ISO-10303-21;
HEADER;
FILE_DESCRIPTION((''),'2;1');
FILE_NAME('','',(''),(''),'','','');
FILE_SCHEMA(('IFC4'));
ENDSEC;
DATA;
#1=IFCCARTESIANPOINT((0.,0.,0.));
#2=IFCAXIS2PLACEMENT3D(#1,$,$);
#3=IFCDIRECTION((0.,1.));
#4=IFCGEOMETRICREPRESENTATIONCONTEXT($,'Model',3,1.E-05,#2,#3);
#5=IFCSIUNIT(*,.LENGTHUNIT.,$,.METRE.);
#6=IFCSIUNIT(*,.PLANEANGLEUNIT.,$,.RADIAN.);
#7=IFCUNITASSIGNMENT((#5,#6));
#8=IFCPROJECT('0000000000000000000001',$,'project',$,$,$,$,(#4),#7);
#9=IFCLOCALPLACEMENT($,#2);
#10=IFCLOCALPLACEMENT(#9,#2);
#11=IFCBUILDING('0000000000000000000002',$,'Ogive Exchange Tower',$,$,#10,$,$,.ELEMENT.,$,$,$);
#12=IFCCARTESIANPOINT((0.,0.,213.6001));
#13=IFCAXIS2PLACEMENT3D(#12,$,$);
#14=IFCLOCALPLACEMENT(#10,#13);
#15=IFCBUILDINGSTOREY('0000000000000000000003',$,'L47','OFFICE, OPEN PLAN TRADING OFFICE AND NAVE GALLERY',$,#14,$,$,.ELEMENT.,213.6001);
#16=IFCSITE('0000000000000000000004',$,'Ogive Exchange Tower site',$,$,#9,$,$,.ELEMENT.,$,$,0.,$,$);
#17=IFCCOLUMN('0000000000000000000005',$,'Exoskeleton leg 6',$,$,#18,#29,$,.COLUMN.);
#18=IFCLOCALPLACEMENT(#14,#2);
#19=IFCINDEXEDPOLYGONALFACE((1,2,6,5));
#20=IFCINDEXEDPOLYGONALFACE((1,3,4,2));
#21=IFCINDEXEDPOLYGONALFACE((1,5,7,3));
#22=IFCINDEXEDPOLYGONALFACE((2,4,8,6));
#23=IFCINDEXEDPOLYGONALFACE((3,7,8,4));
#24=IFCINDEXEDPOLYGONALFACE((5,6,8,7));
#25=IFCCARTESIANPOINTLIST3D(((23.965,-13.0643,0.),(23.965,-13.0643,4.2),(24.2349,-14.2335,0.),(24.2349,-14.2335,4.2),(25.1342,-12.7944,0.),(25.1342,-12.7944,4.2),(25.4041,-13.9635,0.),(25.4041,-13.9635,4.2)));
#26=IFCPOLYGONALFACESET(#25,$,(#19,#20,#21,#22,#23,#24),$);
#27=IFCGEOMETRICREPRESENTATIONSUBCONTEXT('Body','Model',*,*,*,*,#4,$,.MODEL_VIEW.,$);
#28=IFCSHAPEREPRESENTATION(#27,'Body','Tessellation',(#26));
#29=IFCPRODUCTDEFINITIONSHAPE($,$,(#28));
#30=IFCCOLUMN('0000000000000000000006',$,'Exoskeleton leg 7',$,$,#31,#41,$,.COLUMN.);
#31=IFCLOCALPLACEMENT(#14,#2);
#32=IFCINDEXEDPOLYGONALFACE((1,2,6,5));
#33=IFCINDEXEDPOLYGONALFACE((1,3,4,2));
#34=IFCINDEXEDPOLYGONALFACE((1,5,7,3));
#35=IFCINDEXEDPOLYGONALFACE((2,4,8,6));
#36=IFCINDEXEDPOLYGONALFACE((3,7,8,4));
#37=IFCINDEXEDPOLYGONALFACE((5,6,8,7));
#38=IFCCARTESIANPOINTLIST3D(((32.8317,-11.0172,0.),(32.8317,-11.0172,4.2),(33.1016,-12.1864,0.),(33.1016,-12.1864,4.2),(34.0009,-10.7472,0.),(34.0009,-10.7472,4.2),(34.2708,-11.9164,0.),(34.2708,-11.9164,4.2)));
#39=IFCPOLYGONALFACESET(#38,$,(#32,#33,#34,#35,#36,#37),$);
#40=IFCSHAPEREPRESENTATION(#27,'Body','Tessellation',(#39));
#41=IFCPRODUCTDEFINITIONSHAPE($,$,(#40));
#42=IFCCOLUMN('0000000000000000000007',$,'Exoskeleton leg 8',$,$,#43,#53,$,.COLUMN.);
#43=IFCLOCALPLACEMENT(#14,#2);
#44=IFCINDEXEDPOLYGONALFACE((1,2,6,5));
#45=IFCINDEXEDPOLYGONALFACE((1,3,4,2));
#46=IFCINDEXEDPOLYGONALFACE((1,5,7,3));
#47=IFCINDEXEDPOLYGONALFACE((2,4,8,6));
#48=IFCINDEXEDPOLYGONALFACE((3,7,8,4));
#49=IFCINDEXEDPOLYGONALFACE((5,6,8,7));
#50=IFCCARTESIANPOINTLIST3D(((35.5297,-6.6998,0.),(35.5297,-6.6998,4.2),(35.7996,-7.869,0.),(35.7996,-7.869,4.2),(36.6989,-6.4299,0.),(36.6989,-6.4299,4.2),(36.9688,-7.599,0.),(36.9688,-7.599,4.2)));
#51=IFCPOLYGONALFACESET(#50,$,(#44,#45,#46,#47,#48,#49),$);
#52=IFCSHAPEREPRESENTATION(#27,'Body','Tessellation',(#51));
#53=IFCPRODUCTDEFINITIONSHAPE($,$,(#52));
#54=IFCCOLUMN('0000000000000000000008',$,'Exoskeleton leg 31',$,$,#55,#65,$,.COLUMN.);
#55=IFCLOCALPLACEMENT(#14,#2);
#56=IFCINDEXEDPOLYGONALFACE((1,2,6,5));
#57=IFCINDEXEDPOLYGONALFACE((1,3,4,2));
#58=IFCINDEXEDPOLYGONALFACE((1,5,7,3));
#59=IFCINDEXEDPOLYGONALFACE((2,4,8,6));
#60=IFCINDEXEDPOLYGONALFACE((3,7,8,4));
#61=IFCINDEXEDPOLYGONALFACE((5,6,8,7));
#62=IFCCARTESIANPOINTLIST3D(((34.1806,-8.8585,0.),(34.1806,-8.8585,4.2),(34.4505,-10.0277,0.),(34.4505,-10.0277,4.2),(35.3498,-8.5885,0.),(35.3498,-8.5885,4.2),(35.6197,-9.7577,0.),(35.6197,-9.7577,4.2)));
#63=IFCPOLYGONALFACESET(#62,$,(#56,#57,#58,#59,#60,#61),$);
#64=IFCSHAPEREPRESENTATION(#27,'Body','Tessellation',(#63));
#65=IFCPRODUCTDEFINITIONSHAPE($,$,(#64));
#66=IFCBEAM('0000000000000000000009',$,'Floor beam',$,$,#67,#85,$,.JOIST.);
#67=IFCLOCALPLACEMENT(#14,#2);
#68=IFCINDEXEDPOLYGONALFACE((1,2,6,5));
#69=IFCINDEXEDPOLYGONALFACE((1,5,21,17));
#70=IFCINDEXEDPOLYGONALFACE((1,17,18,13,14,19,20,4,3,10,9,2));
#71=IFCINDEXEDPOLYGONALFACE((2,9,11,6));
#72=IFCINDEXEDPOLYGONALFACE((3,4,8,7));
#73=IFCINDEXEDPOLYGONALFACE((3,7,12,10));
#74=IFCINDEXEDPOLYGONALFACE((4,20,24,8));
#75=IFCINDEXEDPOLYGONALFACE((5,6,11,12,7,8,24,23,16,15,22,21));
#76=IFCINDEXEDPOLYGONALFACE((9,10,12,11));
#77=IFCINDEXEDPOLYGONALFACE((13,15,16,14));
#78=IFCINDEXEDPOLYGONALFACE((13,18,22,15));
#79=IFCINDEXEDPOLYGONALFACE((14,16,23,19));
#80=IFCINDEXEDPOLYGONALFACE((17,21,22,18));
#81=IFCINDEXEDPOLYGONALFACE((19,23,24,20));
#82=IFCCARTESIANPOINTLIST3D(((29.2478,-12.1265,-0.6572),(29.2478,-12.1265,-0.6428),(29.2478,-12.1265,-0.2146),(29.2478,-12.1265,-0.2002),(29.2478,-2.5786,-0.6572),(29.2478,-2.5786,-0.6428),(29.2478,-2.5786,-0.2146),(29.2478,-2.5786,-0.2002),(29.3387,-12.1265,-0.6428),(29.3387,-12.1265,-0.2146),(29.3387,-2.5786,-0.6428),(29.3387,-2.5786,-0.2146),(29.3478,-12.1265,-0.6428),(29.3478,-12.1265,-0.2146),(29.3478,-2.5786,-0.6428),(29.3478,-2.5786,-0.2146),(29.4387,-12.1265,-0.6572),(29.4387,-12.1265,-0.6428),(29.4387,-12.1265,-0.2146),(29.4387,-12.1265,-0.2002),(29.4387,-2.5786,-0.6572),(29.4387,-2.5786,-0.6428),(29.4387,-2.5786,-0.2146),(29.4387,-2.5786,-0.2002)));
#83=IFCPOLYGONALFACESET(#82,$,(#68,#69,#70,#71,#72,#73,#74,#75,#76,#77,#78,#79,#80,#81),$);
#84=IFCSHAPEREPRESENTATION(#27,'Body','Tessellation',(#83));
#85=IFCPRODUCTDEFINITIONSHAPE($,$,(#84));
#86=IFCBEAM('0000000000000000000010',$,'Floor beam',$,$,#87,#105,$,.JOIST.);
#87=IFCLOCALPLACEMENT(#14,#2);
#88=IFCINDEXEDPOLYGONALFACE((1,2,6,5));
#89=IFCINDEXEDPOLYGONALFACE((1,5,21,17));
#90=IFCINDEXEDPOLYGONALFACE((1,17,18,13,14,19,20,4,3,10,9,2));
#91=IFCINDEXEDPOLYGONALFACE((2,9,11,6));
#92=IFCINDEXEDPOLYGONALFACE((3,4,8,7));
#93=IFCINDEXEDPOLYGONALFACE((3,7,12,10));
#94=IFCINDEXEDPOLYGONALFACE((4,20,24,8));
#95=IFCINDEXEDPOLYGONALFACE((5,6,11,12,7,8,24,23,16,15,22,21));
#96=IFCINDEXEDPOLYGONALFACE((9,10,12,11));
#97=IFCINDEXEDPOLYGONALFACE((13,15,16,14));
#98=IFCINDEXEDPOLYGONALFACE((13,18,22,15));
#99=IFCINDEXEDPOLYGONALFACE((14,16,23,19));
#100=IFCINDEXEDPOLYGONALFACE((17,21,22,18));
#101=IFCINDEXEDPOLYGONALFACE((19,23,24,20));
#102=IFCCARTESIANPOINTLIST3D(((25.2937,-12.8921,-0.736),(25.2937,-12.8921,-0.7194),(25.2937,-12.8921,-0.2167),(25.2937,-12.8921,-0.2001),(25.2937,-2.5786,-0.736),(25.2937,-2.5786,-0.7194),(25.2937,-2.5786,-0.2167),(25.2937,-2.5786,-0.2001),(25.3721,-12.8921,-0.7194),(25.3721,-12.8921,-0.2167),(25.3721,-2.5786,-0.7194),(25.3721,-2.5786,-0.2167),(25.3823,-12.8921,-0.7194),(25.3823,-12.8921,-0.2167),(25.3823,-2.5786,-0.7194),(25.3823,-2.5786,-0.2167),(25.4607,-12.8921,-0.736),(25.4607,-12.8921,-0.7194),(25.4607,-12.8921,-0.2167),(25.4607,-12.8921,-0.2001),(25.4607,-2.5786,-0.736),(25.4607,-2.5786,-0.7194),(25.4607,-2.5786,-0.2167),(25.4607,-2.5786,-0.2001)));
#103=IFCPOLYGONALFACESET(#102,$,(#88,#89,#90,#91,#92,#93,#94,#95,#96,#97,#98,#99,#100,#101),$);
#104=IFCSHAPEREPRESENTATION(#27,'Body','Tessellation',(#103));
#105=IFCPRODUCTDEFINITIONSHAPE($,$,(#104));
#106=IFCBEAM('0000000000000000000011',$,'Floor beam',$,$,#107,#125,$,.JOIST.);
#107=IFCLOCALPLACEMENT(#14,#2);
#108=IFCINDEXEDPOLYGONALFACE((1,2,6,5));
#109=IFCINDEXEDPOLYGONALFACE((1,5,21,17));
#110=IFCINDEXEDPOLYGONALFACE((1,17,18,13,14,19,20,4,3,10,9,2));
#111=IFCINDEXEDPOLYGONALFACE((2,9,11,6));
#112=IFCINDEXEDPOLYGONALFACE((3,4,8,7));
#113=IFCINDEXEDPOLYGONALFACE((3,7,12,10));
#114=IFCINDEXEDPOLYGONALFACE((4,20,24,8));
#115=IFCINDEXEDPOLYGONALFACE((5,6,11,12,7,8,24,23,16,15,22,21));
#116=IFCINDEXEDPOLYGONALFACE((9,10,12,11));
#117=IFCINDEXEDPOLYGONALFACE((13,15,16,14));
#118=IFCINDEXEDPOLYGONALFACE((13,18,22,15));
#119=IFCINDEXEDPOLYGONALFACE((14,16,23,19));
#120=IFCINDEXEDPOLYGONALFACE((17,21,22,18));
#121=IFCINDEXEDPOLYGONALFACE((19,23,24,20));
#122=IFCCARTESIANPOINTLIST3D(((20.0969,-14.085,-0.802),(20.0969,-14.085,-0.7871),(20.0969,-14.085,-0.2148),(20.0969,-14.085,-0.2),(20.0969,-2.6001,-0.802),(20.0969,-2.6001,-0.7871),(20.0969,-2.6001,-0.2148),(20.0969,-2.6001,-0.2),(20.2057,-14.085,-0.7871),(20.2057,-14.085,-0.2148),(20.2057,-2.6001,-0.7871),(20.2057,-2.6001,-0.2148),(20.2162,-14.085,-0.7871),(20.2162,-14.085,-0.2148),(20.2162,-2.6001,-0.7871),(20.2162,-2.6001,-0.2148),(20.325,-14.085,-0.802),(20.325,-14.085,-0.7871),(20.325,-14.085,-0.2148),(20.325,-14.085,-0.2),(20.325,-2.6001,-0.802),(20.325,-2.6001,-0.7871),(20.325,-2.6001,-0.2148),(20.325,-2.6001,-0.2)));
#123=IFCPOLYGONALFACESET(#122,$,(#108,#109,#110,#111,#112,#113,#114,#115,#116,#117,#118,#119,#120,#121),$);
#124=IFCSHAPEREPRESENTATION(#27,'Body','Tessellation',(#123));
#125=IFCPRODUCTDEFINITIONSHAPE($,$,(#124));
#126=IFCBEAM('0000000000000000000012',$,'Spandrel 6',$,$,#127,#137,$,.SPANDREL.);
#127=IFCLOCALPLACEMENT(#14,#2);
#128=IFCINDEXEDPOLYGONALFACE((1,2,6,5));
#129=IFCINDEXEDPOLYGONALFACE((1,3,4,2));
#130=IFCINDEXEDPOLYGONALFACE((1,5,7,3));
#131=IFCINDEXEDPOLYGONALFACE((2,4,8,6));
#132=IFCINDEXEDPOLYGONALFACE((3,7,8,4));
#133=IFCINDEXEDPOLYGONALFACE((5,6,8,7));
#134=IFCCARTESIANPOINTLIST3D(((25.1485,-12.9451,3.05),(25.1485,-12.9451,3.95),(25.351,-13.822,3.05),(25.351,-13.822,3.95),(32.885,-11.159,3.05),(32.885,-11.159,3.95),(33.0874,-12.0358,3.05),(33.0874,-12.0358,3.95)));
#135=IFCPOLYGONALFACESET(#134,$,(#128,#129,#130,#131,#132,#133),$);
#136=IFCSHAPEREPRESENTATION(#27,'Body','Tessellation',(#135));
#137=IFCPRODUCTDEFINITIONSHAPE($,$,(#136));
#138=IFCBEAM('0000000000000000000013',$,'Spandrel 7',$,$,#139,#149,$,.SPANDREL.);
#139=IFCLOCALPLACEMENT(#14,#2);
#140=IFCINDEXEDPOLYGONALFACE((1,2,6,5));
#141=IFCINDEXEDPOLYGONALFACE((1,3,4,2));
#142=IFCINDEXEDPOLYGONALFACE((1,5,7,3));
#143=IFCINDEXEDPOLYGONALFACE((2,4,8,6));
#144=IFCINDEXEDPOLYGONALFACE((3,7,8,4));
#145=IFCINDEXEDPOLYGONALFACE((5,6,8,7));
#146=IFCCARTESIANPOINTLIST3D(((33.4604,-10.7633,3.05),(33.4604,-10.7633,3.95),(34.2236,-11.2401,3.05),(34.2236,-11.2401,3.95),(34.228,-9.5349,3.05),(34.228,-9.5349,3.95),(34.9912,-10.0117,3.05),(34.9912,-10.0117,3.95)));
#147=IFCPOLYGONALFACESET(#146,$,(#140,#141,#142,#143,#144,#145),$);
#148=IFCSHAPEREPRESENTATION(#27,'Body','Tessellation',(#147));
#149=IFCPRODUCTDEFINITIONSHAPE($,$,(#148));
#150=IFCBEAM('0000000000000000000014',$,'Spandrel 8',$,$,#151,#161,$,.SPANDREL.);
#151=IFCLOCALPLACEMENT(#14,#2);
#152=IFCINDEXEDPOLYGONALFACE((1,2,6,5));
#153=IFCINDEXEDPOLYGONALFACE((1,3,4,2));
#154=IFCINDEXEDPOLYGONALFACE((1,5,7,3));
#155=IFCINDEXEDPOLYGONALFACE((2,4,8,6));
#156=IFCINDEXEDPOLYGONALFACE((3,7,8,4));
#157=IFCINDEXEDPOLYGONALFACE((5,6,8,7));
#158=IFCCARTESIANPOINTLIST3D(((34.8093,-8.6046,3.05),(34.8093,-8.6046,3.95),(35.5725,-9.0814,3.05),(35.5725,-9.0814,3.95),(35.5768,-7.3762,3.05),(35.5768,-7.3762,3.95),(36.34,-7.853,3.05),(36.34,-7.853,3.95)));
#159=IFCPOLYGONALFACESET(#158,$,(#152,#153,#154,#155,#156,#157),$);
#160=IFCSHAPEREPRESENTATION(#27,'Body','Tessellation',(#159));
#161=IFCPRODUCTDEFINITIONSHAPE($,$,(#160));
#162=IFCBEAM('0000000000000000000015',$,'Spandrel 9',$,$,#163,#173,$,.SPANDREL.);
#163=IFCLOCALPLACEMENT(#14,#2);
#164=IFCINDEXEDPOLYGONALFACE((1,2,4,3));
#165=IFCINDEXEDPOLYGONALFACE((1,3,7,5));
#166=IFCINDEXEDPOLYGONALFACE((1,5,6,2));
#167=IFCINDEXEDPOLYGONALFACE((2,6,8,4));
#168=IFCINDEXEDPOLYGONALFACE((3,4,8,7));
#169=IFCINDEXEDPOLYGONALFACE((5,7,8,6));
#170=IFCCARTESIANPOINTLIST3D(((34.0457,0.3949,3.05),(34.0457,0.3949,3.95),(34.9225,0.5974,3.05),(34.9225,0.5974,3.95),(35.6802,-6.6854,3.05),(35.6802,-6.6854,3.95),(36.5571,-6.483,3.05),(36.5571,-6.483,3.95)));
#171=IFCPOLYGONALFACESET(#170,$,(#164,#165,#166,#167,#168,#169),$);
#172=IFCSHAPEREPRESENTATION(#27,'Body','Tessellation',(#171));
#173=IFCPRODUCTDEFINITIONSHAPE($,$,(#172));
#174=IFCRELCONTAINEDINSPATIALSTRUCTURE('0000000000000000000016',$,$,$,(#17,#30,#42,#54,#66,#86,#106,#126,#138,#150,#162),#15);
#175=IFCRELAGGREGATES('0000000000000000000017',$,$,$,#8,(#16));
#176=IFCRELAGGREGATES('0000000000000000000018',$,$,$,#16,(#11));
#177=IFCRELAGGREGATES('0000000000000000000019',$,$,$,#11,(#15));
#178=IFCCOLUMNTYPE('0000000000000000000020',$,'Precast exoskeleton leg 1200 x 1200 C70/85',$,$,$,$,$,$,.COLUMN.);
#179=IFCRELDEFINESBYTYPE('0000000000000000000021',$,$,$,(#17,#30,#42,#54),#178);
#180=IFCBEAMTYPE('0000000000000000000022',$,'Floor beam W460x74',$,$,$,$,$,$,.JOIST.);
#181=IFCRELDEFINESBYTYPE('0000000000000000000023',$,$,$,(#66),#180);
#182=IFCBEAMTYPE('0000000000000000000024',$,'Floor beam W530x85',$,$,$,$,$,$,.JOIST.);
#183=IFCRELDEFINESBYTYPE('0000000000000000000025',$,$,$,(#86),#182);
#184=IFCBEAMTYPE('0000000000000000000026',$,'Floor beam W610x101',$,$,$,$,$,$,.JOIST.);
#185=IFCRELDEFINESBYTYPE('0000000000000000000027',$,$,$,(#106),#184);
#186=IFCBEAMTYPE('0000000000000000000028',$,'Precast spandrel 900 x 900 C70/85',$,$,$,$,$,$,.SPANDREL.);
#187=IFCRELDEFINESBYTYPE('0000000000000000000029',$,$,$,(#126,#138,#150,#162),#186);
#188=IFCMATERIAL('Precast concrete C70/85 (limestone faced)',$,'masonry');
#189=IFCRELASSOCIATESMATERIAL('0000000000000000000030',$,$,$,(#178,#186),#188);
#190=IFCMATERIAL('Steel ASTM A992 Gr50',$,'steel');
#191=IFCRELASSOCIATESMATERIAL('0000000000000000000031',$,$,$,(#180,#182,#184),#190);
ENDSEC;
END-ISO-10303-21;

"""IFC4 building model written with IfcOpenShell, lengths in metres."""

from ifc_helpers import new_model, si_unit, direction, frame, origin, origin_2d, place, context, subcontext, project, spatial, rectangle, i_section, extrude, material, material_profile, profile_set, type_object, element, save


model = new_model("IFC4")

# Units and contexts
model_context = context("Model", 3, precision=1e-05, world=origin(), true_north=direction((0.0, 1.0)))
body_context = subcontext(model_context, "Body", "Model", "MODEL_VIEW")
ifc_project = project(units=[si_unit("LENGTHUNIT", "METRE"), si_unit("PLANEANGLEUNIT", "RADIAN")], contexts=[model_context])

# Site, building, storey
site_placement = place(None, origin())
site = spatial("IfcSite", under=ifc_project, at=site_placement, Name="Ogive Exchange Tower site", CompositionType="ELEMENT", RefElevation=0.0)
building_placement = place(site_placement, origin())
building = spatial("IfcBuilding", under=site, at=building_placement, Name="Ogive Exchange Tower", CompositionType="ELEMENT")
storey_placement = place(building_placement, frame((0.0, 0.0, 213.6001)))
storey = spatial("IfcBuildingStorey", under=building, at=storey_placement, Name="L47", Description="OFFICE, OPEN PLAN TRADING OFFICE AND NAVE GALLERY", CompositionType="ELEMENT", Elevation=213.6001)

# Columns
ifc_material_1 = material(Name="Precast concrete C70/85 (limestone faced)", Category="masonry")
ifc_material_profile_1 = material_profile(ifc_material_1, rectangle(XDim=1.2, YDim=1.2, at=origin_2d()), Name="1200 x 1200")
ifc_profile_set_1 = profile_set([ifc_material_profile_1], Name="Precast concrete C70/85 (limestone faced)")
column_type = type_object("IfcColumnType", Name="Precast exoskeleton leg 1200 x 1200 C70/85", PredefinedType="COLUMN", material=ifc_profile_set_1)
for number, where, z_axis, x_axis, name in (
    (1, (24.6846, -13.5139, 0.0), (0.0, 0.0, 1.0), (0.97437, 0.224951, 0.0), "Exoskeleton leg 6"),
    (2, (33.5513, -11.4668, 0.0), (0.0, 0.0, 1.0), (0.97437, 0.224951, 0.0), "Exoskeleton leg 7"),
    (3, (36.2493, -7.1494, 0.0), (0.0, 0.0, 1.0), (0.97437, 0.224951, 0.0), "Exoskeleton leg 8"),
    (4, (34.9001, -9.3081, 0.0), (0.0, 0.0, 1.0), (0.97437, 0.224951, 0.0), "Exoskeleton leg 31"),
):
    element("IfcColumn", number, at=place(storey_placement, frame(where, z_axis=z_axis, x_axis=x_axis)), inside=storey, type_object=column_type, Name=name, PredefinedType="COLUMN", context=body_context, shape_type="SweptSolid", body=[
        extrude(rectangle(XDim=1.2, YDim=1.2, at=origin_2d()), origin(), (0.0, 0.0, 1.0), 4.2),
    ])

# Beams
ifc_material_2 = material(Name="Steel ASTM A992 Gr50", Category="steel")
ifc_material_profile_2 = material_profile(ifc_material_2, i_section(OverallWidth=0.1909, OverallDepth=0.457, WebThickness=0.009, FlangeThickness=0.0144, at=origin_2d()), Name="W460x74")
ifc_profile_set_2 = profile_set([ifc_material_profile_2], Name="Steel ASTM A992 Gr50")
beam_type_1 = type_object("IfcBeamType", Name="Floor beam W460x74", PredefinedType="JOIST", material=ifc_profile_set_2)
beam_1_placement = place(storey_placement, frame((29.3433, -12.1265, -0.4287), z_axis=(0.0, 1.0, 0.0), x_axis=(-1.0, 0.0, 0.0)))
element("IfcBeam", 5, at=beam_1_placement, inside=storey, type_object=beam_type_1, Name="Floor beam", PredefinedType="JOIST", context=body_context, shape_type="SweptSolid", body=[
    extrude(i_section(OverallWidth=0.1909, OverallDepth=0.457, WebThickness=0.009, FlangeThickness=0.0144, at=origin_2d()), origin(), (0.0, 0.0, 1.0), 9.5479),
])
ifc_material_profile_3 = material_profile(ifc_material_2, i_section(OverallWidth=0.167, OverallDepth=0.5359, WebThickness=0.0103, FlangeThickness=0.0166, at=origin_2d()), Name="W530x85")
ifc_profile_set_3 = profile_set([ifc_material_profile_3], Name="Steel ASTM A992 Gr50")
beam_type_2 = type_object("IfcBeamType", Name="Floor beam W530x85", PredefinedType="JOIST", material=ifc_profile_set_3)
beam_2_placement = place(storey_placement, frame((25.3772, -12.8921, -0.468), z_axis=(0.0, 1.0, 0.0), x_axis=(-1.0, 0.0, 0.0)))
element("IfcBeam", 6, at=beam_2_placement, inside=storey, type_object=beam_type_2, Name="Floor beam", PredefinedType="JOIST", context=body_context, shape_type="SweptSolid", body=[
    extrude(i_section(OverallWidth=0.167, OverallDepth=0.5359, WebThickness=0.0103, FlangeThickness=0.0166, at=origin_2d()), origin(), (0.0, 0.0, 1.0), 10.3135),
])
ifc_material_profile_4 = material_profile(ifc_material_2, i_section(OverallWidth=0.228, OverallDepth=0.6021, WebThickness=0.0105, FlangeThickness=0.0149, at=origin_2d()), Name="W610x101")
ifc_profile_set_4 = profile_set([ifc_material_profile_4], Name="Steel ASTM A992 Gr50")
beam_type_3 = type_object("IfcBeamType", Name="Floor beam W610x101", PredefinedType="JOIST", material=ifc_profile_set_4)
beam_3_placement = place(storey_placement, frame((20.2109, -14.085, -0.501), z_axis=(0.0, 1.0, 0.0), x_axis=(-1.0, 0.0, 0.0)))
element("IfcBeam", 7, at=beam_3_placement, inside=storey, type_object=beam_type_3, Name="Floor beam", PredefinedType="JOIST", context=body_context, shape_type="SweptSolid", body=[
    extrude(i_section(OverallWidth=0.228, OverallDepth=0.6021, WebThickness=0.0105, FlangeThickness=0.0149, at=origin_2d()), origin(), (0.0, 0.0, 1.0), 11.4849),
])
ifc_material_profile_5 = material_profile(ifc_material_1, rectangle(XDim=0.8999, YDim=0.8999, at=origin_2d()), Name="900 x 900")
ifc_profile_set_5 = profile_set([ifc_material_profile_5], Name="Precast concrete C70/85 (limestone faced)")
beam_type_4 = type_object("IfcBeamType", Name="Precast spandrel 900 x 900 C70/85", PredefinedType="SPANDREL", material=ifc_profile_set_5)
beam_4_placement = place(storey_placement, frame((25.2498, -13.3835, 3.5), z_axis=(0.974368, 0.224958, 0.0), x_axis=(-0.224958, 0.974368, 0.0)))
element("IfcBeam", 8, at=beam_4_placement, inside=storey, type_object=beam_type_4, Name="Spandrel 6", PredefinedType="SPANDREL", context=body_context, shape_type="SweptSolid", body=[
    extrude(rectangle(XDim=0.8999, YDim=0.8999, at=origin_2d()), origin(), (0.0, 0.0, 1.0), 7.9399),
])
for number, where, z_axis, x_axis, name in (
    (9, (33.842, -11.0017, 3.5), (0.529878, 0.848074, 0.0), (-0.848074, 0.529878, 0.0), "Spandrel 7"),
    (10, (35.1909, -8.843, 3.5), (0.529878, 0.848074, 0.0), (-0.848074, 0.529878, 0.0), "Spandrel 8"),
):
    element("IfcBeam", number, at=place(storey_placement, frame(where, z_axis=z_axis, x_axis=x_axis)), inside=storey, type_object=beam_type_4, Name=name, PredefinedType="SPANDREL", context=body_context, shape_type="SweptSolid", body=[
        extrude(rectangle(XDim=0.8999, YDim=0.8999, at=origin_2d()), origin(), (0.0, 0.0, 1.0), 1.4485),
    ])
beam_5_placement = place(storey_placement, frame((36.1187, -6.5842, 3.5), z_axis=(-0.224938, 0.974373, 0.0), x_axis=(-0.974373, -0.224938, 0.0)))
element("IfcBeam", 11, at=beam_5_placement, inside=storey, type_object=beam_type_4, Name="Spandrel 9", PredefinedType="SPANDREL", context=body_context, shape_type="SweptSolid", body=[
    extrude(rectangle(XDim=0.8999, YDim=0.8999, at=origin_2d()), origin(), (0.0, 0.0, 1.0), 7.2666),
])

save(model, "model.ifc")
